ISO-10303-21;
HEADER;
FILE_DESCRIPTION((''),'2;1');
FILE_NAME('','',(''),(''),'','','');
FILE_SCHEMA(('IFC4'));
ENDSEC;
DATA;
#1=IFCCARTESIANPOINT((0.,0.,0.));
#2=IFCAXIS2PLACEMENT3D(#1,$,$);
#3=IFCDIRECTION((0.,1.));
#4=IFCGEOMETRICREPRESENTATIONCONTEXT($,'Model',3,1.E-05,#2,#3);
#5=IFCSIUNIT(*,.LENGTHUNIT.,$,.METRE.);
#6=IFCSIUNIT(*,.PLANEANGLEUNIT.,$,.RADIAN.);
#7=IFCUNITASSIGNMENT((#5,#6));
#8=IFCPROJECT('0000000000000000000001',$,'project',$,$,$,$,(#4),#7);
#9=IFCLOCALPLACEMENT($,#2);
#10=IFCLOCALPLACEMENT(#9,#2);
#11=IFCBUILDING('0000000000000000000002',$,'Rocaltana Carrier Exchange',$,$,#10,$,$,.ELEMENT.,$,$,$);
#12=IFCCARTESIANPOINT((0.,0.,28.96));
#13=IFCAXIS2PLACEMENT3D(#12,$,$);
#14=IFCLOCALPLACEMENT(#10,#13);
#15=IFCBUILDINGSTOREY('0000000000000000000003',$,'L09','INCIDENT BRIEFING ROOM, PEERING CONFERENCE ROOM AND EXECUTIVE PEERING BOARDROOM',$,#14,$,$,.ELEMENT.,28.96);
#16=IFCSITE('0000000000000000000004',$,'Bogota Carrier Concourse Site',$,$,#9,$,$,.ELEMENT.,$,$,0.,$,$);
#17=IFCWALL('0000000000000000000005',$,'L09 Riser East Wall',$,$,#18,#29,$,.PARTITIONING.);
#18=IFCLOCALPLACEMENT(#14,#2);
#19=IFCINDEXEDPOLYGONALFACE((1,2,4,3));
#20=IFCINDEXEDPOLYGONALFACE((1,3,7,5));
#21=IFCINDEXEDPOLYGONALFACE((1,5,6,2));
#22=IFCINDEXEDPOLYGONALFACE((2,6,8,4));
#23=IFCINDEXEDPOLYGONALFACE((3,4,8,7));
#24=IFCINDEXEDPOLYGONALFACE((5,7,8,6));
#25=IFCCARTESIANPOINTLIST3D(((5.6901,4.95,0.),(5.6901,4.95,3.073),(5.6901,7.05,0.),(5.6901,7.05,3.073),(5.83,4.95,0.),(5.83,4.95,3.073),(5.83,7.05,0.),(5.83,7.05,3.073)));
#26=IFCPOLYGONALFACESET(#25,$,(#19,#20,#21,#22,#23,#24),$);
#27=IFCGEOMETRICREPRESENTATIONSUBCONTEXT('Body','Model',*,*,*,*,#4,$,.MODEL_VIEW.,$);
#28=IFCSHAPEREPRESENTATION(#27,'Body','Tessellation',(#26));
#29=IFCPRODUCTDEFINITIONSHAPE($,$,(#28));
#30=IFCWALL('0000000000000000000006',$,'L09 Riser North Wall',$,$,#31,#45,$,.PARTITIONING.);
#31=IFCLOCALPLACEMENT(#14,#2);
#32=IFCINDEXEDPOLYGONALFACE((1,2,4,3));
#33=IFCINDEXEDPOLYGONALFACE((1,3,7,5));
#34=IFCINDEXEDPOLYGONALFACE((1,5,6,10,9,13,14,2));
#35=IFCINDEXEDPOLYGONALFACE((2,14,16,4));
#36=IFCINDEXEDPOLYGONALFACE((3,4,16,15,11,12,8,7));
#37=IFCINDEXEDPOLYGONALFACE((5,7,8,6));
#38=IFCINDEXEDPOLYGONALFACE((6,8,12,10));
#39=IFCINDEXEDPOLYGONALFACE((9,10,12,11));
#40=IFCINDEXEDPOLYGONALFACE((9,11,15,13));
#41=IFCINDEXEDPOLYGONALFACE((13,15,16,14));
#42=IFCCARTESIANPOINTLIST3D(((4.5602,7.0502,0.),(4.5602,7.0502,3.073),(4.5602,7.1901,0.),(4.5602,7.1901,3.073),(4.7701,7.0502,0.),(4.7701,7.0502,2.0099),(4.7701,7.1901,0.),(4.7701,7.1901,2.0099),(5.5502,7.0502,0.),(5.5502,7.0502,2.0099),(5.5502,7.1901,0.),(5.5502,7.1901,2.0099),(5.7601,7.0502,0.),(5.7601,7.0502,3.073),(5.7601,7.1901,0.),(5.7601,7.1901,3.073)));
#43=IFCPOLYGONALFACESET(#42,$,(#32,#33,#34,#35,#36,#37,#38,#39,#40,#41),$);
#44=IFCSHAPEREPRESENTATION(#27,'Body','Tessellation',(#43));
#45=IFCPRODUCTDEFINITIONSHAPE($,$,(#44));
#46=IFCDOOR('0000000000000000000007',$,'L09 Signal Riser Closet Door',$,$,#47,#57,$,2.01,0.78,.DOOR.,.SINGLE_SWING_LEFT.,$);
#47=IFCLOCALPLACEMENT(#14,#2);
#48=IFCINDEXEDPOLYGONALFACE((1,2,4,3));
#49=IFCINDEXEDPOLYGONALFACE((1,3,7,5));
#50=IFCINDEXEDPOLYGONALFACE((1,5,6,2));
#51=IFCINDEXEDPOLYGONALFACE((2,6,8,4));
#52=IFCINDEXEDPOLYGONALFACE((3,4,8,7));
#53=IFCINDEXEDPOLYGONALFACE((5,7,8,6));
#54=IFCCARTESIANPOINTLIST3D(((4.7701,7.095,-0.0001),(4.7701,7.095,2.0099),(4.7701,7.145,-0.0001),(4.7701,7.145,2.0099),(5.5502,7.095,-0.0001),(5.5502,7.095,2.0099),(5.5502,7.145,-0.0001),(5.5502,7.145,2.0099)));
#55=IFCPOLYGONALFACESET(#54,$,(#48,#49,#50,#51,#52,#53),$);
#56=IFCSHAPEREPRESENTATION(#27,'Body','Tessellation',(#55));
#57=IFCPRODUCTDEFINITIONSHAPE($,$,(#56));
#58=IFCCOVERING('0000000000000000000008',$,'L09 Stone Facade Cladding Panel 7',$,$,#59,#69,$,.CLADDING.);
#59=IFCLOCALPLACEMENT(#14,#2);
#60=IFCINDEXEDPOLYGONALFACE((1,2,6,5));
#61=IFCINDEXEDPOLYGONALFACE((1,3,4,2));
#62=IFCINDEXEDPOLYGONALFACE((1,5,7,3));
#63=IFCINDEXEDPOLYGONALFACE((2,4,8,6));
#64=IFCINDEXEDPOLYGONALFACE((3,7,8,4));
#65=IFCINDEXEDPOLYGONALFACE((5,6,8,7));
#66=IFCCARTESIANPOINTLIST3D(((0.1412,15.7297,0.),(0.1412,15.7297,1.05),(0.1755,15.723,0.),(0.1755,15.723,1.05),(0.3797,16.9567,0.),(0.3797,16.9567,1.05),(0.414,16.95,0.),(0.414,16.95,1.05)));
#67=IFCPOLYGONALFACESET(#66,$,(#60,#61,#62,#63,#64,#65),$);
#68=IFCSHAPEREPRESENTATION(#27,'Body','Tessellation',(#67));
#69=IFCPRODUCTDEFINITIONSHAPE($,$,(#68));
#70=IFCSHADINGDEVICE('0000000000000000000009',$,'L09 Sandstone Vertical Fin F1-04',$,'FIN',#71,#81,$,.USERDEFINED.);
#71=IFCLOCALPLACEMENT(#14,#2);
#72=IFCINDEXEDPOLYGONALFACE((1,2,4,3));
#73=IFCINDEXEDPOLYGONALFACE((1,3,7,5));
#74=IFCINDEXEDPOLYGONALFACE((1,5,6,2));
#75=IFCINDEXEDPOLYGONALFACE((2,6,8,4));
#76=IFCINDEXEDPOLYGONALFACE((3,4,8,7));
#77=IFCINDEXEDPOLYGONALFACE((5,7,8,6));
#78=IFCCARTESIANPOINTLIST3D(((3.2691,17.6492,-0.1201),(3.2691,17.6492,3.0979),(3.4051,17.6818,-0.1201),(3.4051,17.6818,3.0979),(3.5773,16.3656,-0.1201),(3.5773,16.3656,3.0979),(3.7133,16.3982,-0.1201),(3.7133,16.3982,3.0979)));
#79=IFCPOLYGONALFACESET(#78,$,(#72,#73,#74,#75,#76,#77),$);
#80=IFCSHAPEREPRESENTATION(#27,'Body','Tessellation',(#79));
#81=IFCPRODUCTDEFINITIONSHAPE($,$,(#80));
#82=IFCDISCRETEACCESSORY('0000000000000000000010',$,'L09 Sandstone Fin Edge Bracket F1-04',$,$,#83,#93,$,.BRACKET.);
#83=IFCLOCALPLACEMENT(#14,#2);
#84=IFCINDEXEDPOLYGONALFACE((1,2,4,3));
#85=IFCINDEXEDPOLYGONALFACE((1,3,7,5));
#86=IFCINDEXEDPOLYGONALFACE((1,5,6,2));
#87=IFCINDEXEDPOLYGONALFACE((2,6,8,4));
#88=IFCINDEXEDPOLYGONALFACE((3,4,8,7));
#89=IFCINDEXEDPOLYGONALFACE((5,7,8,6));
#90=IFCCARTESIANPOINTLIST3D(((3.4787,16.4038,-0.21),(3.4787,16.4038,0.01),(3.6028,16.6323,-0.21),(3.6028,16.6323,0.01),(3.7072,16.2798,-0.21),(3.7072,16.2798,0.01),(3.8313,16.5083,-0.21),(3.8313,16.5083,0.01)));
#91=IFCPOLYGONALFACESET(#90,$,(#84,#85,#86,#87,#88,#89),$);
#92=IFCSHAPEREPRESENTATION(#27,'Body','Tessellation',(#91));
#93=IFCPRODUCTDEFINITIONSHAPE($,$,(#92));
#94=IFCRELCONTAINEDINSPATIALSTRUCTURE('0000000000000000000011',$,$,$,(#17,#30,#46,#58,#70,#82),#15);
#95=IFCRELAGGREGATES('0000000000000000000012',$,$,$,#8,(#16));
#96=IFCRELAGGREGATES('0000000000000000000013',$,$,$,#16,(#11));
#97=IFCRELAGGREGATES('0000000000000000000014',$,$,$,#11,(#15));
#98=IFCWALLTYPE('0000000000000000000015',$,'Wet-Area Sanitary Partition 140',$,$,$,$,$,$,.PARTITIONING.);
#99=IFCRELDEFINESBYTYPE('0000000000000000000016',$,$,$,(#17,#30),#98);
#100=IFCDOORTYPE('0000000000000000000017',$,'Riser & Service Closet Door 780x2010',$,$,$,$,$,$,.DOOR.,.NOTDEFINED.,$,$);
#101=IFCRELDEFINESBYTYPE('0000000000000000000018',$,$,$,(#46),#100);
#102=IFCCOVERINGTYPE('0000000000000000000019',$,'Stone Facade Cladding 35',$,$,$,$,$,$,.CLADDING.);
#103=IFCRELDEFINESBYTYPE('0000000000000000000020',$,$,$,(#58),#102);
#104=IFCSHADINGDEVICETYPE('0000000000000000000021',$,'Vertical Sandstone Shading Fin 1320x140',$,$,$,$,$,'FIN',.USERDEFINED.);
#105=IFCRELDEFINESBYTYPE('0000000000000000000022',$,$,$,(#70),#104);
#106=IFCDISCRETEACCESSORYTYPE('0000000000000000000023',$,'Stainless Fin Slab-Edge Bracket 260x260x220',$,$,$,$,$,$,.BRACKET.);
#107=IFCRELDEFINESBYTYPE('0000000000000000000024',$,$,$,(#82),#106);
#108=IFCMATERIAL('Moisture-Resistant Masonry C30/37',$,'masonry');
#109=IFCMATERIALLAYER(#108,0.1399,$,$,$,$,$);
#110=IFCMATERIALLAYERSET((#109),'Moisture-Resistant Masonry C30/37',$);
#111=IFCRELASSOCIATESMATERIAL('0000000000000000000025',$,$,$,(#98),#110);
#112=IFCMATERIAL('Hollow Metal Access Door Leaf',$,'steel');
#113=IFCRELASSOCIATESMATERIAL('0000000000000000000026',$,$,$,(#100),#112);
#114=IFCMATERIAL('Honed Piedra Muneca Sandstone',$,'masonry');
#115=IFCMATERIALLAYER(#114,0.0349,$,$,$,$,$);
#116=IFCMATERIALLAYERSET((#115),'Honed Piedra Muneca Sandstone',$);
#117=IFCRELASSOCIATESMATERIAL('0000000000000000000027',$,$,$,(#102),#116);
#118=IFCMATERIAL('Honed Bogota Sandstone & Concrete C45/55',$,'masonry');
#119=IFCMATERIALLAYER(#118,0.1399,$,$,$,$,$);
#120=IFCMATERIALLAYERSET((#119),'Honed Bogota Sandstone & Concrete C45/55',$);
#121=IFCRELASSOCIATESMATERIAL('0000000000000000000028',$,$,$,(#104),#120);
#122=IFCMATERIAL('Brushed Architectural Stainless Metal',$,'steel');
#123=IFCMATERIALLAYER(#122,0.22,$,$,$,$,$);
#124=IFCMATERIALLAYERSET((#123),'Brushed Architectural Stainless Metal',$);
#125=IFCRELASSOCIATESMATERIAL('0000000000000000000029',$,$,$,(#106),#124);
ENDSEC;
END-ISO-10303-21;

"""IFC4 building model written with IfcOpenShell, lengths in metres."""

from ifc_helpers import new_model, si_unit, direction, frame, frame_2d, origin, origin_2d, place, context, subcontext, project, spatial, rectangle, extrude, material, layer, layer_set, type_object, element, fill, save


model = new_model("IFC4")

# Units and contexts
model_context = context("Model", 3, precision=1e-05, world=origin(), true_north=direction((0.0, 1.0)))
body_context = subcontext(model_context, "Body", "Model", "MODEL_VIEW")
ifc_project = project(units=[si_unit("LENGTHUNIT", "METRE"), si_unit("PLANEANGLEUNIT", "RADIAN")], contexts=[model_context])

# Site, building, storey
site_placement = place(None, origin())
site = spatial("IfcSite", under=ifc_project, at=site_placement, Name="Bogota Carrier Concourse Site", CompositionType="ELEMENT", RefElevation=0.0)
building_placement = place(site_placement, origin())
building = spatial("IfcBuilding", under=site, at=building_placement, Name="Rocaltana Carrier Exchange", CompositionType="ELEMENT")
storey_placement = place(building_placement, frame((0.0, 0.0, 28.96)))
storey = spatial("IfcBuildingStorey", under=building, at=storey_placement, Name="L09", Description="INCIDENT BRIEFING ROOM, PEERING CONFERENCE ROOM AND EXECUTIVE PEERING BOARDROOM", CompositionType="ELEMENT", Elevation=28.96)

# Wall
ifc_material_1 = material(Name="Moisture-Resistant Masonry C30/37", Category="masonry")
ifc_layer_1 = layer(ifc_material_1, 0.1399)
ifc_layer_set_1 = layer_set([ifc_layer_1], Name="Moisture-Resistant Masonry C30/37")
wall_type_1 = type_object("IfcWallType", Name="Wet-Area Sanitary Partition 140", PredefinedType="PARTITIONING", material=ifc_layer_set_1)
wall_1_placement = place(storey_placement, frame((5.76, 4.95, 0.0), z_axis=(0.0, 0.0, 1.0), x_axis=(0.0, 1.0, 0.0)))
element("IfcWall", 1, at=wall_1_placement, inside=storey, type_object=wall_type_1, Name="L09 Riser East Wall", PredefinedType="PARTITIONING", context=body_context, shape_type="SweptSolid", body=[
    extrude(rectangle(XDim=2.1001, YDim=0.1399, at=frame_2d((1.05, 0.0))), origin(), (0.0, 0.0, 1.0), 3.073),
])

# Wall, opening, door
wall_2_placement = place(storey_placement, frame((4.5601, 7.1201, 0.0), z_axis=(0.0, 0.0, 1.0), x_axis=(1.0, 0.0, 0.0)))
wall_2 = element("IfcWall", 2, at=wall_2_placement, inside=storey, type_object=wall_type_1, Name="L09 Riser North Wall", PredefinedType="PARTITIONING", context=body_context, shape_type="SweptSolid", body=[
    extrude(rectangle(XDim=1.2, YDim=0.1399, at=frame_2d((0.6001, 0.0))), origin(), (0.0, 0.0, 1.0), 3.073),
])
opening_1_placement = place(wall_2_placement, frame((0.21, 0.0, 0.0)))
opening_1 = element("IfcOpeningElement", 3, at=opening_1_placement, cuts=wall_2, PredefinedType="OPENING", context=body_context, shape_type="SweptSolid", body=[
    extrude(rectangle(XDim=0.78, YDim=2.01, at=frame_2d((0.3901, 1.0049))), frame((0.0, 0.0798, 0.0), z_axis=(0.0, -1.0, 0.0), x_axis=(1.0, 0.0, 0.0)), (0.0, 0.0, 1.0), 0.1599),
])
ifc_material_2 = material(Name="Hollow Metal Access Door Leaf", Category="steel")
door_type_1 = type_object("IfcDoorType", Name="Riser & Service Closet Door 780x2010", OperationType="NOTDEFINED", PredefinedType="DOOR", material=ifc_material_2)
door_1_placement = place(opening_1_placement, origin())
door_1 = element("IfcDoor", 4, at=door_1_placement, inside=storey, type_object=door_type_1, Name="L09 Signal Riser Closet Door", OperationType="SINGLE_SWING_LEFT", OverallHeight=2.01, OverallWidth=0.78, PredefinedType="DOOR", context=body_context, shape_type="SweptSolid", body=[
    extrude(rectangle(XDim=0.78, YDim=2.01, at=frame_2d((0.3901, 1.0049))), frame((0.0, 0.0249, 0.0), z_axis=(0.0, -1.0, 0.0), x_axis=(1.0, 0.0, 0.0)), (0.0, 0.0, 1.0), 0.05),
])
fill(opening_1, door_1)

# Covering
ifc_material_3 = material(Name="Honed Piedra Muneca Sandstone", Category="masonry")
ifc_layer_2 = layer(ifc_material_3, 0.0349)
ifc_layer_set_2 = layer_set([ifc_layer_2], Name="Honed Piedra Muneca Sandstone")
covering_type = type_object("IfcCoveringType", Name="Stone Facade Cladding 35", PredefinedType="CLADDING", material=ifc_layer_set_2)
covering_placement = place(storey_placement, frame((0.2776, 16.3398, 0.0), z_axis=(0.0, 0.0, 1.0), x_axis=(0.190809, 0.981627, 0.0)))
element("IfcCovering", 5, at=covering_placement, inside=storey, type_object=covering_type, Name="L09 Stone Facade Cladding Panel 7", PredefinedType="CLADDING", context=body_context, shape_type="SweptSolid", body=[
    extrude(rectangle(XDim=1.25, YDim=0.0349, at=origin_2d()), origin(), (0.0, 0.0, 1.0), 1.05),
])

# Shading device
ifc_material_4 = material(Name="Honed Bogota Sandstone & Concrete C45/55", Category="masonry")
ifc_layer_3 = layer(ifc_material_4, 0.1399)
ifc_layer_set_3 = layer_set([ifc_layer_3], Name="Honed Bogota Sandstone & Concrete C45/55")
shading_device_type = type_object("IfcShadingDeviceType", Name="Vertical Sandstone Shading Fin 1320x140", ElementType="FIN", PredefinedType="USERDEFINED", material=ifc_layer_set_3)
shading_device_placement = place(storey_placement, frame((3.4912, 17.0237, -0.1201), z_axis=(0.0, 0.0, 1.0), x_axis=(-0.233445, 0.97237, 0.0)))
element("IfcShadingDevice", 6, at=shading_device_placement, inside=storey, type_object=shading_device_type, Name="L09 Sandstone Vertical Fin F1-04", ObjectType="FIN", PredefinedType="USERDEFINED", context=body_context, shape_type="SweptSolid", body=[
    extrude(rectangle(XDim=1.3201, YDim=0.1399, at=origin_2d()), origin(), (0.0, 0.0, 1.0), 3.218),
])

# Discrete accessory
ifc_material_5 = material(Name="Brushed Architectural Stainless Metal", Category="steel")
ifc_layer_4 = layer(ifc_material_5, 0.22)
ifc_layer_set_4 = layer_set([ifc_layer_4], Name="Brushed Architectural Stainless Metal")
discrete_accessory_type = type_object("IfcDiscreteAccessoryType", Name="Stainless Fin Slab-Edge Bracket 260x260x220", PredefinedType="BRACKET", material=ifc_layer_set_4)
discrete_accessory_placement = place(storey_placement, frame((3.655, 16.4561, -0.21), z_axis=(0.0, 0.0, 1.0), x_axis=(-0.878817, 0.477159, 0.0)))
element("IfcDiscreteAccessory", 7, at=discrete_accessory_placement, inside=storey, type_object=discrete_accessory_type, Name="L09 Sandstone Fin Edge Bracket F1-04", PredefinedType="BRACKET", context=body_context, shape_type="SweptSolid", body=[
    extrude(rectangle(XDim=0.26, YDim=0.26, at=origin_2d()), origin(), (0.0, 0.0, 1.0), 0.22),
])

save(model, "model.ifc")
